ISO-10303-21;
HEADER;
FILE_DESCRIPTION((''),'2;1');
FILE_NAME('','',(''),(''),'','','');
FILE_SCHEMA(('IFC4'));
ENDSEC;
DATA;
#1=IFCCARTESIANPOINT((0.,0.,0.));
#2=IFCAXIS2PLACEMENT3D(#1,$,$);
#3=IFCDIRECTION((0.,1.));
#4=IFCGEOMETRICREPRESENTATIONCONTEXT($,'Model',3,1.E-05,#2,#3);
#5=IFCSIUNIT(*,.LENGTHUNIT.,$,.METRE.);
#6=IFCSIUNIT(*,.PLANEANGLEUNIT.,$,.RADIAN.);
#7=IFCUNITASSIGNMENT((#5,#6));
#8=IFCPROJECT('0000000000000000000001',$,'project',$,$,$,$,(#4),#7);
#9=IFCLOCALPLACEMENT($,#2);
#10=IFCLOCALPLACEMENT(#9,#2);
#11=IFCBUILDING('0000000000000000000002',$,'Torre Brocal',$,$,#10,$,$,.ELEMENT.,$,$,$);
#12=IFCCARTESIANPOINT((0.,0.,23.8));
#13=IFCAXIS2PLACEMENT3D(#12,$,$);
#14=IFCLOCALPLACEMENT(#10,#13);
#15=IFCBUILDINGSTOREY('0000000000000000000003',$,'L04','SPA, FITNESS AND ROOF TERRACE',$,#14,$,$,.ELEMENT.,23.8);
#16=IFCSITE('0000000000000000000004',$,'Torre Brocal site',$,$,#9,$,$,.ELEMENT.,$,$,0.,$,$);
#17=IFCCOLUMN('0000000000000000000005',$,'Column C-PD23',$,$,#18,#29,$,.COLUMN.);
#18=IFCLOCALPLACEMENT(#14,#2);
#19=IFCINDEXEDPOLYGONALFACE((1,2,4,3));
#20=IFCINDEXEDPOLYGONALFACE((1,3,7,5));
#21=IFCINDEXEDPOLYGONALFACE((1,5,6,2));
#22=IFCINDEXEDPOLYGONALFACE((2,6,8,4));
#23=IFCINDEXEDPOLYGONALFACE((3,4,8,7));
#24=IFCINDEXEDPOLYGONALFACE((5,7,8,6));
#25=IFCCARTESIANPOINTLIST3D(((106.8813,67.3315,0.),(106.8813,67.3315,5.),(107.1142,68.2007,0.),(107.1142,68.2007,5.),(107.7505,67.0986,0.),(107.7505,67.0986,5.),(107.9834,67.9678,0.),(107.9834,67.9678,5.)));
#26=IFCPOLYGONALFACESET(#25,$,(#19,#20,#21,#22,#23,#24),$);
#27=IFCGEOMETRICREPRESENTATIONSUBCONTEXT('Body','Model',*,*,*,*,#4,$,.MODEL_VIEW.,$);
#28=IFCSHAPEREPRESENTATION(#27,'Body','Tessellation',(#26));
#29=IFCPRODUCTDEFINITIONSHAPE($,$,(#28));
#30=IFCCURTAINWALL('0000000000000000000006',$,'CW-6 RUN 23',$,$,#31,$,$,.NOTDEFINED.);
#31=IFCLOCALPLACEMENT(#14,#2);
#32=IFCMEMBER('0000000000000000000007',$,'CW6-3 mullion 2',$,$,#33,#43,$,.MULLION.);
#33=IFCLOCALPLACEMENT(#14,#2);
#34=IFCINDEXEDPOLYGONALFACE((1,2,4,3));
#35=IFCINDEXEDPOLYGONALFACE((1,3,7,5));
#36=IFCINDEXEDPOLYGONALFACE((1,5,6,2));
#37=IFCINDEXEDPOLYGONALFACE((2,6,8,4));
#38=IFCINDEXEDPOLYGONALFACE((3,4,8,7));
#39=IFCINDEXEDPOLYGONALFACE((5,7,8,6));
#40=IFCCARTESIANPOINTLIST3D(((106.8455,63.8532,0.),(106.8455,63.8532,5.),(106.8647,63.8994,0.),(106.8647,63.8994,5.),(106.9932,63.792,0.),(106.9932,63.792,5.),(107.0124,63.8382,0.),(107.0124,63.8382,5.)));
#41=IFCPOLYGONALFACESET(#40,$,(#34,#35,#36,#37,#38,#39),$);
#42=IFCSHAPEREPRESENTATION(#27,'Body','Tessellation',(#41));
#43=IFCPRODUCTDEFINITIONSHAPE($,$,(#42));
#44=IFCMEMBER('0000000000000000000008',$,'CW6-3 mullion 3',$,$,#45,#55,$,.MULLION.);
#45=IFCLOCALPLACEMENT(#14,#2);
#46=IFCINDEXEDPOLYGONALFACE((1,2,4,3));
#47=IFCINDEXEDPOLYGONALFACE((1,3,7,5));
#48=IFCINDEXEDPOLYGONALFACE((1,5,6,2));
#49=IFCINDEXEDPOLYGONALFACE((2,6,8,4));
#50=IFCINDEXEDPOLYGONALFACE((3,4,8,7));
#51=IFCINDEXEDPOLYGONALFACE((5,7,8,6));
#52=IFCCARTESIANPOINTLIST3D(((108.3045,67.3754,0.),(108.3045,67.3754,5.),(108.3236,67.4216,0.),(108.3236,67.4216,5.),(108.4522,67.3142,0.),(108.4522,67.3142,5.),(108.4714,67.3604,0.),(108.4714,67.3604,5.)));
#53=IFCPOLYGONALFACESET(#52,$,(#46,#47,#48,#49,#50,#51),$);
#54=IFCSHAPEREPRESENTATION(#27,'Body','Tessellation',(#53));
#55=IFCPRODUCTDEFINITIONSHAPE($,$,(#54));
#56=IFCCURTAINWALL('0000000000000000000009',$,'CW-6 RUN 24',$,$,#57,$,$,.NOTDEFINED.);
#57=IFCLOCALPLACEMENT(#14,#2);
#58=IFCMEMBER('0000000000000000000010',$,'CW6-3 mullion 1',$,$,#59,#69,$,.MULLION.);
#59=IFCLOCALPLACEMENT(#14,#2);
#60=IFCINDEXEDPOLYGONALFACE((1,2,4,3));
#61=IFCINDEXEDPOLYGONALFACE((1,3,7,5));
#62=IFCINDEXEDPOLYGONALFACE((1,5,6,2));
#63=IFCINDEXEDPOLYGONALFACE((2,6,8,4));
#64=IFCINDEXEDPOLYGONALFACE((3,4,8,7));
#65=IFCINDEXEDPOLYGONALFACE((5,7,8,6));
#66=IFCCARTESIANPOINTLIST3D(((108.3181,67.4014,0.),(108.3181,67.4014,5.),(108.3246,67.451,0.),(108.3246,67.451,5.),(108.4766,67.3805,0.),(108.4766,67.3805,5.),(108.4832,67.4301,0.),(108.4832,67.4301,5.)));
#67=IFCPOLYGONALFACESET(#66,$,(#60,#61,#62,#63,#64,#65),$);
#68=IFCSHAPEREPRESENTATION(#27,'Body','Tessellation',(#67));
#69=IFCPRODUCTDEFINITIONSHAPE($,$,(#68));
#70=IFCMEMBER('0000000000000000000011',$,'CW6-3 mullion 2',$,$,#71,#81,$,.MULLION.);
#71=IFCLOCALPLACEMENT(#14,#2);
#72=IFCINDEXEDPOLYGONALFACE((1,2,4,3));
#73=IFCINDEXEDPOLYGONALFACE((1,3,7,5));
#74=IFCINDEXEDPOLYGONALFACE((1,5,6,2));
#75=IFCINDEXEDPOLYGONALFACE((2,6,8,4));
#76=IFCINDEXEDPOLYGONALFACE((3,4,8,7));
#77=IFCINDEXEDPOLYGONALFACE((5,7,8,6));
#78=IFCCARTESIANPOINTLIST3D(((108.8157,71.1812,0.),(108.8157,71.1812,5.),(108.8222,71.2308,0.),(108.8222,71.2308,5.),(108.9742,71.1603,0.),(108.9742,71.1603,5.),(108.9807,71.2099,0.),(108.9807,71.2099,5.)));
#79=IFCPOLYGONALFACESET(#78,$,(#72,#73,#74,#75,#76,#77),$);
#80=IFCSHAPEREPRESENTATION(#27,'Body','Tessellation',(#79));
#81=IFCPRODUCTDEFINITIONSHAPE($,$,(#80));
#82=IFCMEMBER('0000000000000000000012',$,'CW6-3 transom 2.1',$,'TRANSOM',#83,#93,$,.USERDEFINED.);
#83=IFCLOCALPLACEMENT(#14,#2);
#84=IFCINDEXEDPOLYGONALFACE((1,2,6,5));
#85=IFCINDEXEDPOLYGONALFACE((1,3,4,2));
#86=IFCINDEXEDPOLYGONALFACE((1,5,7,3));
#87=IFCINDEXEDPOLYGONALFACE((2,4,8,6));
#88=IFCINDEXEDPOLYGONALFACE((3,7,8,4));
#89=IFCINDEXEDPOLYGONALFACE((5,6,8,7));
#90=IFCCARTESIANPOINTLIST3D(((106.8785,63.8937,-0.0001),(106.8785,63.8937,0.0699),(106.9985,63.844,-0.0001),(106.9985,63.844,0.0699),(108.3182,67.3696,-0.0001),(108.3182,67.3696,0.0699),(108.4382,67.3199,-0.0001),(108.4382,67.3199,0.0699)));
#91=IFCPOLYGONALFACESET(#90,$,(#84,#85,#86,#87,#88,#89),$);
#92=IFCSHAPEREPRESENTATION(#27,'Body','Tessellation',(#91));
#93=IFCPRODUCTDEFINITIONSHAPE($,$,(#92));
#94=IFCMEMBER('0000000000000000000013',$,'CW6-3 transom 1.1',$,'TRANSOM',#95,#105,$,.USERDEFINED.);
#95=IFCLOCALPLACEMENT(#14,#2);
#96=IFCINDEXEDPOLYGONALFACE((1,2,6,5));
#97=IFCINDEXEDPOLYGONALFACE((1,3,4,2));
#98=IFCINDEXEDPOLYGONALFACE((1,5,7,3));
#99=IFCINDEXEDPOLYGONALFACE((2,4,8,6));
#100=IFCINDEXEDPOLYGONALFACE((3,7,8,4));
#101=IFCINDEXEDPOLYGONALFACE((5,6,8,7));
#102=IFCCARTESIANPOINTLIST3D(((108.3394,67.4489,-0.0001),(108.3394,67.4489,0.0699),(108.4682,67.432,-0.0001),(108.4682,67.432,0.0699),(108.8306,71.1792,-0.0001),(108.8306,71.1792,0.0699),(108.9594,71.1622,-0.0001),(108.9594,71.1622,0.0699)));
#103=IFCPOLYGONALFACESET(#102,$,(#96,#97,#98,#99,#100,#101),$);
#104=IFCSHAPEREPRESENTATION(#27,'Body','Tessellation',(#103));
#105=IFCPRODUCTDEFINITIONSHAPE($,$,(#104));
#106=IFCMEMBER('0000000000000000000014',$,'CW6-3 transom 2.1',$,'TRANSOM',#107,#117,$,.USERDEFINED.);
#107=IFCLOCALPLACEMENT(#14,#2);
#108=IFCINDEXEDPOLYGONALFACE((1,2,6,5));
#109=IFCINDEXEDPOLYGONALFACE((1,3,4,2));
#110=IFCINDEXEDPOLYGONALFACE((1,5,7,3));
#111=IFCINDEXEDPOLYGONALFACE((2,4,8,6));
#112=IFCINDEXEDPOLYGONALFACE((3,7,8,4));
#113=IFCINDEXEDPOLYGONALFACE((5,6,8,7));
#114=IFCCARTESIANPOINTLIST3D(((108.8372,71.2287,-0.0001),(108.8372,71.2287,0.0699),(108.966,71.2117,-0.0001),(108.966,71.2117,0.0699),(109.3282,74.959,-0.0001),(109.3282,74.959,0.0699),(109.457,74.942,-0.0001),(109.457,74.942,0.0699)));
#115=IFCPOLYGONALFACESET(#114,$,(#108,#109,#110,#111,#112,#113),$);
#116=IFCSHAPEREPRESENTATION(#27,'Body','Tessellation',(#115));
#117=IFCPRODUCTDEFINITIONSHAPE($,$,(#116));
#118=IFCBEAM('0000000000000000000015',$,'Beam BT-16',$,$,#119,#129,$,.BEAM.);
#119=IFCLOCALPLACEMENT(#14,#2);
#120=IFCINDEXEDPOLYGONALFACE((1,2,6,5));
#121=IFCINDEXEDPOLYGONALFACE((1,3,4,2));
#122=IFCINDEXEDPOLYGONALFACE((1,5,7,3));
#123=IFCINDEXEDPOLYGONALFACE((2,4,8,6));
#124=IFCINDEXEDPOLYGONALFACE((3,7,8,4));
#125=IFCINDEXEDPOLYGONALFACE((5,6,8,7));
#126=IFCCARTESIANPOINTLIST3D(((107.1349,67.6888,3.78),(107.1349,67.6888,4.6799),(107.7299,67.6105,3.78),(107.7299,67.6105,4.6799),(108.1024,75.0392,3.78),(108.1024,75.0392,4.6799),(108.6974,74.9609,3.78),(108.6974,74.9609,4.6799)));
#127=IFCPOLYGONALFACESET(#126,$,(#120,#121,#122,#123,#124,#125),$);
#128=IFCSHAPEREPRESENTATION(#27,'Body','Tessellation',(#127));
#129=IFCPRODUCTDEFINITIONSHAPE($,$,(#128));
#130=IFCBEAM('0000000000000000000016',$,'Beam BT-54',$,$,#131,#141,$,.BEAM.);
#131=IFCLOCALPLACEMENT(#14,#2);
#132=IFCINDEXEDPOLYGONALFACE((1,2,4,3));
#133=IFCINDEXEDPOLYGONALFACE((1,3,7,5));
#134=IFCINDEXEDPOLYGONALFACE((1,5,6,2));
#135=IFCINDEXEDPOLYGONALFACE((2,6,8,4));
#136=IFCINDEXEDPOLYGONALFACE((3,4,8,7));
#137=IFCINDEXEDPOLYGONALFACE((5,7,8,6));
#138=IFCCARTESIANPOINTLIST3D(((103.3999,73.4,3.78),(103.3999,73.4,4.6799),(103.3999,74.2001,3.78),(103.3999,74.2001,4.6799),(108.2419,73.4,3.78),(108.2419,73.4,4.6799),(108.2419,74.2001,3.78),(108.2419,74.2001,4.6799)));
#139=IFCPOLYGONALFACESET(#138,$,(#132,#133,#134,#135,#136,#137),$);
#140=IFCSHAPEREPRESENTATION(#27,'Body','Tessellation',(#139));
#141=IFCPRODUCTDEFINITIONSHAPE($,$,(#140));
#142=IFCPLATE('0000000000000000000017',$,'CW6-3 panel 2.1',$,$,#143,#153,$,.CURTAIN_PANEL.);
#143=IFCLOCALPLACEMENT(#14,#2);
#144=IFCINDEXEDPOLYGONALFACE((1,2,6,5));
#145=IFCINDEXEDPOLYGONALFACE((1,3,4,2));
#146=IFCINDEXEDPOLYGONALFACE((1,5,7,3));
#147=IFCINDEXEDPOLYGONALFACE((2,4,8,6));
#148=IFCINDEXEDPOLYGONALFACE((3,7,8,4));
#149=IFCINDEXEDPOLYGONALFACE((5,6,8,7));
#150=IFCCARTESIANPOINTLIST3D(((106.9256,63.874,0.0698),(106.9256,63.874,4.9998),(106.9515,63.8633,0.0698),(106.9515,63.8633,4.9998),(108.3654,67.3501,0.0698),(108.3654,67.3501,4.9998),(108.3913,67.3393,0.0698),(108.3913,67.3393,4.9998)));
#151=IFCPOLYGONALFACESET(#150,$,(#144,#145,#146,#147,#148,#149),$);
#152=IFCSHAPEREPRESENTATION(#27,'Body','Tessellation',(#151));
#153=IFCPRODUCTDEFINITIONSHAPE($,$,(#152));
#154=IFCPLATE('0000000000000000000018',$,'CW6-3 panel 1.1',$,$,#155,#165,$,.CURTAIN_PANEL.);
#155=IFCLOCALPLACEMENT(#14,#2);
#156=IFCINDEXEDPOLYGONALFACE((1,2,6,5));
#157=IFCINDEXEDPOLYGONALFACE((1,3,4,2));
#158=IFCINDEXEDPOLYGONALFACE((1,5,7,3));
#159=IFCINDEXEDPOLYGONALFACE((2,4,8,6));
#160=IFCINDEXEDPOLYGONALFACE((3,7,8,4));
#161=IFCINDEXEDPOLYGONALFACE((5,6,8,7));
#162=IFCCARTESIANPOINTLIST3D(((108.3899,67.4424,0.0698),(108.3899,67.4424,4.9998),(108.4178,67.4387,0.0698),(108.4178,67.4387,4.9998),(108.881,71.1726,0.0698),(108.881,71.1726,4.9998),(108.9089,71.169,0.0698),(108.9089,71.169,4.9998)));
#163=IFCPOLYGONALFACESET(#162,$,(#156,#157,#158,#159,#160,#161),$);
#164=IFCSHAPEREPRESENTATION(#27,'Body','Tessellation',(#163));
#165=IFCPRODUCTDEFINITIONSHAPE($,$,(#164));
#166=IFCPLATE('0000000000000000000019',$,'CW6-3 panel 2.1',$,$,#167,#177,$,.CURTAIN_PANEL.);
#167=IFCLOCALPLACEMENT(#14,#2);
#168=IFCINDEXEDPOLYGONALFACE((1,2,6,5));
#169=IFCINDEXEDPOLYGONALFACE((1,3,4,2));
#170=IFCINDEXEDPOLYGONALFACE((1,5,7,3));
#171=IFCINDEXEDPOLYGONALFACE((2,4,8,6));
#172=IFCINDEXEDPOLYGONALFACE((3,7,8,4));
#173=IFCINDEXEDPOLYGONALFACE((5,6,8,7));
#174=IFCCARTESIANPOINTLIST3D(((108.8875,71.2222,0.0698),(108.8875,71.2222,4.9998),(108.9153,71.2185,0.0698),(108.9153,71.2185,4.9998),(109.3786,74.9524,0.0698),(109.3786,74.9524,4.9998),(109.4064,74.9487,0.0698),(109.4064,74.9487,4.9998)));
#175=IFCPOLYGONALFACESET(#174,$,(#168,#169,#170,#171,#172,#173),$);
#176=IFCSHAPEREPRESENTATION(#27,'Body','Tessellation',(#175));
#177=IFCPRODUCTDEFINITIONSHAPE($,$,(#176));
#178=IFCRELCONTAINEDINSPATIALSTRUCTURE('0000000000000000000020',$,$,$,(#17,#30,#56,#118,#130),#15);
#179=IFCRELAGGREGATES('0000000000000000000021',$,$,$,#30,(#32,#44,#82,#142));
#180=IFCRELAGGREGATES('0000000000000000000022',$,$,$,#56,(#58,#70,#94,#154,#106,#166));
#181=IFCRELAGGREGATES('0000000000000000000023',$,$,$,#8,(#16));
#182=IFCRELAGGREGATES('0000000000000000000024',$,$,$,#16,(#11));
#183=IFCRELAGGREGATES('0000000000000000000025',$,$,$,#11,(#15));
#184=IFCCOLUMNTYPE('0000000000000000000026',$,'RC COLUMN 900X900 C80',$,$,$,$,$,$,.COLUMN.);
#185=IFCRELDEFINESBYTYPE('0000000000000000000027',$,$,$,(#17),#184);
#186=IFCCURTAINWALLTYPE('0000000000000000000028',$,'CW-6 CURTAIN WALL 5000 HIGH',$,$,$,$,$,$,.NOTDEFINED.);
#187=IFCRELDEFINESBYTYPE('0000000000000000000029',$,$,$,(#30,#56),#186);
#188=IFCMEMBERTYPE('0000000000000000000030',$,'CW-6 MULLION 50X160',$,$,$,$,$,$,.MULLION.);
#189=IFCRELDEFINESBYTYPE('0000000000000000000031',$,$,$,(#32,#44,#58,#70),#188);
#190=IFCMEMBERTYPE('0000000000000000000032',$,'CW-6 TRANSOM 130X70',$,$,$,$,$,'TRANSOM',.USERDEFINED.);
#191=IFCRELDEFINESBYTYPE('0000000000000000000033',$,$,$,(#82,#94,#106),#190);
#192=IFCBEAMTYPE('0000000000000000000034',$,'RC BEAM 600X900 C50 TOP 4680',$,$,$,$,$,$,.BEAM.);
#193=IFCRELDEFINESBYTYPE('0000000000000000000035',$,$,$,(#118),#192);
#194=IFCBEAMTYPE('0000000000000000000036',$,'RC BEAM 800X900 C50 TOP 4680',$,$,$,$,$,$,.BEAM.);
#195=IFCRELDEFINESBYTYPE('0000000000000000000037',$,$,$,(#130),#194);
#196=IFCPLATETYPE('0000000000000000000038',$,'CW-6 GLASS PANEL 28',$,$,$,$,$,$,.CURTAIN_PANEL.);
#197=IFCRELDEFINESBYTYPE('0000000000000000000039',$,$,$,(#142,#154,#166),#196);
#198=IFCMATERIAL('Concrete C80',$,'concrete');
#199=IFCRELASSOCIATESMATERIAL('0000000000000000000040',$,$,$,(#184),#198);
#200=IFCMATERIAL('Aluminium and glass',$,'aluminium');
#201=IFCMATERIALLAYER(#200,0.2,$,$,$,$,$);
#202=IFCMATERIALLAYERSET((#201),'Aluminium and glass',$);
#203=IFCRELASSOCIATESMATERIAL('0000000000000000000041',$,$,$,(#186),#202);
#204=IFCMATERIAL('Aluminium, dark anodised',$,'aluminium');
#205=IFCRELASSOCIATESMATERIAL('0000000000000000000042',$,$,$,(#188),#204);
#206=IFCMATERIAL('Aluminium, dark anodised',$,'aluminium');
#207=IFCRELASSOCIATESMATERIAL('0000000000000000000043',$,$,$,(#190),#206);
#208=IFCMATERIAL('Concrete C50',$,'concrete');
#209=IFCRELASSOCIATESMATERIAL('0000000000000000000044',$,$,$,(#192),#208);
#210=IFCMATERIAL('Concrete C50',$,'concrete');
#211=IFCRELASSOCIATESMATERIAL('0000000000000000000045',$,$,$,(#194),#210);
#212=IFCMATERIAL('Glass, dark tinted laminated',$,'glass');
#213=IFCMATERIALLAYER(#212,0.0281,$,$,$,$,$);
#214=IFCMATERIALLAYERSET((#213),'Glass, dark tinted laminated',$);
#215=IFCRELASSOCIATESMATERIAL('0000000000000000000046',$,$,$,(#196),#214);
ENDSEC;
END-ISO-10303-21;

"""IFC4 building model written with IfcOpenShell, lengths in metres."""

from ifc_helpers import new_model, si_unit, direction, frame, origin, origin_2d, place, context, subcontext, project, spatial, rectangle, extrude, material, layer, layer_set, material_profile, profile_set, type_object, element, aggregate, save


model = new_model("IFC4")

# Units and contexts
model_context = context("Model", 3, precision=1e-05, world=origin(), true_north=direction((0.0, 1.0)))
body_context = subcontext(model_context, "Body", "Model", "MODEL_VIEW")
ifc_project = project(units=[si_unit("LENGTHUNIT", "METRE"), si_unit("PLANEANGLEUNIT", "RADIAN")], contexts=[model_context])

# Site, building, storey
site_placement = place(None, origin())
site = spatial("IfcSite", under=ifc_project, at=site_placement, Name="Torre Brocal site", CompositionType="ELEMENT", RefElevation=0.0)
building_placement = place(site_placement, origin())
building = spatial("IfcBuilding", under=site, at=building_placement, Name="Torre Brocal", CompositionType="ELEMENT")
storey_placement = place(building_placement, frame((0.0, 0.0, 23.8)))
storey = spatial("IfcBuildingStorey", under=building, at=storey_placement, Name="L04", Description="SPA, FITNESS AND ROOF TERRACE", CompositionType="ELEMENT", Elevation=23.8)

# Column
ifc_material_1 = material(Name="Concrete C80", Category="concrete")
ifc_material_profile_1 = material_profile(ifc_material_1, rectangle(XDim=0.8999, YDim=0.8999, at=origin_2d()), Name="RC 900X900")
ifc_profile_set_1 = profile_set([ifc_material_profile_1], Name="Concrete C80")
column_type = type_object("IfcColumnType", Name="RC COLUMN 900X900 C80", PredefinedType="COLUMN", material=ifc_profile_set_1)
column_placement = place(storey_placement, frame((107.4324, 67.6497, 0.0), z_axis=(0.0, 0.0, 1.0), x_axis=(0.965926, -0.258819, 0.0)))
element("IfcColumn", 1, at=column_placement, inside=storey, type_object=column_type, Name="Column C-PD23", PredefinedType="COLUMN", context=body_context, shape_type="SweptSolid", body=[
    extrude(rectangle(XDim=0.8999, YDim=0.8999, at=origin_2d()), origin(), (0.0, 0.0, 1.0), 5.0),
])

# Curtain walls, members
ifc_material_2 = material(Name="Aluminium and glass", Category="aluminium")
ifc_layer_1 = layer(ifc_material_2, 0.2)
ifc_layer_set_1 = layer_set([ifc_layer_1], Name="Aluminium and glass")
curtain_wall_type = type_object("IfcCurtainWallType", Name="CW-6 CURTAIN WALL 5000 HIGH", PredefinedType="NOTDEFINED", material=ifc_layer_set_1)
curtain_wall_1_placement = place(storey_placement, origin())
curtain_wall_1 = element("IfcCurtainWall", 2, at=curtain_wall_1_placement, inside=storey, type_object=curtain_wall_type, Name="CW-6 RUN 23", PredefinedType="NOTDEFINED")
ifc_material_3 = material(Name="Aluminium, dark anodised", Category="aluminium")
ifc_material_profile_2 = material_profile(ifc_material_3, rectangle(XDim=0.1599, YDim=0.05, at=origin_2d()), Name="CW-6 MULLION 50X160")
ifc_profile_set_2 = profile_set([ifc_material_profile_2], Name="Aluminium, dark anodised")
member_type_1 = type_object("IfcMemberType", Name="CW-6 MULLION 50X160", PredefinedType="MULLION", material=ifc_profile_set_2)
member_1_placement = place(storey_placement, frame((106.929, 63.8457, 0.0), z_axis=(0.0, 0.0, 1.0), x_axis=(-0.92388, 0.382683, 0.0)))
member_1 = element("IfcMember", 3, at=member_1_placement, type_object=member_type_1, Name="CW6-3 mullion 2", PredefinedType="MULLION", context=body_context, shape_type="SweptSolid", body=[
    extrude(rectangle(XDim=0.1599, YDim=0.05, at=origin_2d()), origin(), (0.0, 0.0, 1.0), 5.0),
])
member_2_placement = place(storey_placement, frame((108.3879, 67.3679, 0.0), z_axis=(0.0, 0.0, 1.0), x_axis=(-0.92388, 0.382683, 0.0)))
member_2 = element("IfcMember", 4, at=member_2_placement, type_object=member_type_1, Name="CW6-3 mullion 3", PredefinedType="MULLION", context=body_context, shape_type="SweptSolid", body=[
    extrude(rectangle(XDim=0.1599, YDim=0.05, at=origin_2d()), origin(), (0.0, 0.0, 1.0), 5.0),
])
curtain_wall_2_placement = place(storey_placement, origin())
curtain_wall_2 = element("IfcCurtainWall", 5, at=curtain_wall_2_placement, inside=storey, type_object=curtain_wall_type, Name="CW-6 RUN 24", PredefinedType="NOTDEFINED")
member_3_placement = place(storey_placement, frame((108.4006, 67.4158, 0.0), z_axis=(0.0, 0.0, 1.0), x_axis=(-0.991445, 0.130526, 0.0)))
member_3 = element("IfcMember", 6, at=member_3_placement, type_object=member_type_1, Name="CW6-3 mullion 1", PredefinedType="MULLION", context=body_context, shape_type="SweptSolid", body=[
    extrude(rectangle(XDim=0.1599, YDim=0.05, at=origin_2d()), origin(), (0.0, 0.0, 1.0), 5.0),
])
member_4_placement = place(storey_placement, frame((108.8982, 71.1956, 0.0), z_axis=(0.0, 0.0, 1.0), x_axis=(-0.991445, 0.130526, 0.0)))
member_4 = element("IfcMember", 7, at=member_4_placement, type_object=member_type_1, Name="CW6-3 mullion 2", PredefinedType="MULLION", context=body_context, shape_type="SweptSolid", body=[
    extrude(rectangle(XDim=0.1599, YDim=0.05, at=origin_2d()), origin(), (0.0, 0.0, 1.0), 5.0),
])

# Members
ifc_material_4 = material(Name="Aluminium, dark anodised", Category="aluminium")
ifc_material_profile_3 = material_profile(ifc_material_4, rectangle(XDim=0.1299, YDim=0.0701, at=origin_2d()), Name="CW-6 TRANSOM 130X70")
ifc_profile_set_3 = profile_set([ifc_material_profile_3], Name="Aluminium, dark anodised")
member_type_2 = type_object("IfcMemberType", Name="CW-6 TRANSOM 130X70", ElementType="TRANSOM", PredefinedType="USERDEFINED", material=ifc_profile_set_3)
member_5_placement = place(storey_placement, frame((106.9385, 63.8689, 0.0349), z_axis=(0.382675, 0.923883, 0.0), x_axis=(-0.923883, 0.382675, 0.0)))
member_5 = element("IfcMember", 8, at=member_5_placement, type_object=member_type_2, Name="CW6-3 transom 2.1", ObjectType="TRANSOM", PredefinedType="USERDEFINED", context=body_context, shape_type="SweptSolid", body=[
    extrude(rectangle(XDim=0.1299, YDim=0.0701, at=origin_2d()), origin(), (0.0, 0.0, 1.0), 3.7622),
])
member_6_placement = place(storey_placement, frame((108.4038, 67.4404, 0.0349), z_axis=(0.130557, 0.991441, 0.0), x_axis=(-0.991441, 0.130557, 0.0)))
member_6 = element("IfcMember", 9, at=member_6_placement, type_object=member_type_2, Name="CW6-3 transom 1.1", ObjectType="TRANSOM", PredefinedType="USERDEFINED", context=body_context, shape_type="SweptSolid", body=[
    extrude(rectangle(XDim=0.1299, YDim=0.0701, at=origin_2d()), origin(), (0.0, 0.0, 1.0), 3.7625),
])
member_7_placement = place(storey_placement, frame((108.9016, 71.2202, 0.0349), z_axis=(0.130493, 0.991449, 0.0), x_axis=(-0.991449, 0.130493, 0.0)))
member_7 = element("IfcMember", 10, at=member_7_placement, type_object=member_type_2, Name="CW6-3 transom 2.1", ObjectType="TRANSOM", PredefinedType="USERDEFINED", context=body_context, shape_type="SweptSolid", body=[
    extrude(rectangle(XDim=0.1299, YDim=0.0701, at=origin_2d()), origin(), (0.0, 0.0, 1.0), 3.7625),
])

# Beams
ifc_material_5 = material(Name="Concrete C50", Category="concrete")
ifc_material_profile_4 = material_profile(ifc_material_5, rectangle(XDim=0.6001, YDim=0.8999, at=origin_2d()), Name="RC 600X900")
ifc_profile_set_4 = profile_set([ifc_material_profile_4], Name="Concrete C50")
beam_type_1 = type_object("IfcBeamType", Name="RC BEAM 600X900 C50 TOP 4680", PredefinedType="BEAM", material=ifc_profile_set_4)
beam_1_placement = place(storey_placement, frame((107.4324, 67.6497, 4.23), z_axis=(0.130505, 0.991448, 0.0), x_axis=(-0.991448, 0.130505, 0.0)))
element("IfcBeam", 11, at=beam_1_placement, inside=storey, type_object=beam_type_1, Name="Beam BT-16", PredefinedType="BEAM", context=body_context, shape_type="SweptSolid", body=[
    extrude(rectangle(XDim=0.6001, YDim=0.8999, at=origin_2d()), origin(), (0.0, 0.0, 1.0), 7.4138),
])
ifc_material_6 = material(Name="Concrete C50", Category="concrete")
ifc_material_profile_5 = material_profile(ifc_material_6, rectangle(XDim=0.8, YDim=0.8999, at=origin_2d()), Name="RC 800X900")
ifc_profile_set_5 = profile_set([ifc_material_profile_5], Name="Concrete C50")
beam_type_2 = type_object("IfcBeamType", Name="RC BEAM 800X900 C50 TOP 4680", PredefinedType="BEAM", material=ifc_profile_set_5)
beam_2_placement = place(storey_placement, frame((103.3999, 73.8, 4.23), z_axis=(1.0, 0.0, 0.0), x_axis=(0.0, 1.0, 0.0)))
element("IfcBeam", 12, at=beam_2_placement, inside=storey, type_object=beam_type_2, Name="Beam BT-54", PredefinedType="BEAM", context=body_context, shape_type="SweptSolid", body=[
    extrude(rectangle(XDim=0.8, YDim=0.8999, at=origin_2d()), origin(), (0.0, 0.0, 1.0), 4.842),
])

# Plates
ifc_material_7 = material(Name="Glass, dark tinted laminated", Category="glass")
ifc_layer_2 = layer(ifc_material_7, 0.0281)
ifc_layer_set_2 = layer_set([ifc_layer_2], Name="Glass, dark tinted laminated")
plate_type = type_object("IfcPlateType", Name="CW-6 GLASS PANEL 28", PredefinedType="CURTAIN_PANEL", material=ifc_layer_set_2)
plate_1_placement = place(storey_placement, frame((107.6584, 65.6067, 0.0698), z_axis=(0.0, 0.0, 1.0), x_axis=(0.382683, 0.92388, 0.0)))
plate_1 = element("IfcPlate", 13, at=plate_1_placement, type_object=plate_type, Name="CW6-3 panel 2.1", PredefinedType="CURTAIN_PANEL", context=body_context, shape_type="SweptSolid", body=[
    extrude(rectangle(XDim=3.7625, YDim=0.0281, at=origin_2d()), origin(), (0.0, 0.0, 1.0), 4.9299),
])
aggregate(curtain_wall_1, [member_1, member_2, member_5, plate_1])
plate_2_placement = place(storey_placement, frame((108.6494, 69.3057, 0.0698), z_axis=(0.0, 0.0, 1.0), x_axis=(0.130526, 0.991445, 0.0)))
plate_2 = element("IfcPlate", 14, at=plate_2_placement, type_object=plate_type, Name="CW6-3 panel 1.1", PredefinedType="CURTAIN_PANEL", context=body_context, shape_type="SweptSolid", body=[
    extrude(rectangle(XDim=3.7625, YDim=0.0281, at=origin_2d()), origin(), (0.0, 0.0, 1.0), 4.9299),
])
plate_3_placement = place(storey_placement, frame((109.147, 73.0854, 0.0698), z_axis=(0.0, 0.0, 1.0), x_axis=(0.130526, 0.991445, 0.0)))
plate_3 = element("IfcPlate", 15, at=plate_3_placement, type_object=plate_type, Name="CW6-3 panel 2.1", PredefinedType="CURTAIN_PANEL", context=body_context, shape_type="SweptSolid", body=[
    extrude(rectangle(XDim=3.7625, YDim=0.0281, at=origin_2d()), origin(), (0.0, 0.0, 1.0), 4.9299),
])
aggregate(curtain_wall_2, [member_3, member_4, member_6, plate_2, member_7, plate_3])

save(model, "model.ifc")
